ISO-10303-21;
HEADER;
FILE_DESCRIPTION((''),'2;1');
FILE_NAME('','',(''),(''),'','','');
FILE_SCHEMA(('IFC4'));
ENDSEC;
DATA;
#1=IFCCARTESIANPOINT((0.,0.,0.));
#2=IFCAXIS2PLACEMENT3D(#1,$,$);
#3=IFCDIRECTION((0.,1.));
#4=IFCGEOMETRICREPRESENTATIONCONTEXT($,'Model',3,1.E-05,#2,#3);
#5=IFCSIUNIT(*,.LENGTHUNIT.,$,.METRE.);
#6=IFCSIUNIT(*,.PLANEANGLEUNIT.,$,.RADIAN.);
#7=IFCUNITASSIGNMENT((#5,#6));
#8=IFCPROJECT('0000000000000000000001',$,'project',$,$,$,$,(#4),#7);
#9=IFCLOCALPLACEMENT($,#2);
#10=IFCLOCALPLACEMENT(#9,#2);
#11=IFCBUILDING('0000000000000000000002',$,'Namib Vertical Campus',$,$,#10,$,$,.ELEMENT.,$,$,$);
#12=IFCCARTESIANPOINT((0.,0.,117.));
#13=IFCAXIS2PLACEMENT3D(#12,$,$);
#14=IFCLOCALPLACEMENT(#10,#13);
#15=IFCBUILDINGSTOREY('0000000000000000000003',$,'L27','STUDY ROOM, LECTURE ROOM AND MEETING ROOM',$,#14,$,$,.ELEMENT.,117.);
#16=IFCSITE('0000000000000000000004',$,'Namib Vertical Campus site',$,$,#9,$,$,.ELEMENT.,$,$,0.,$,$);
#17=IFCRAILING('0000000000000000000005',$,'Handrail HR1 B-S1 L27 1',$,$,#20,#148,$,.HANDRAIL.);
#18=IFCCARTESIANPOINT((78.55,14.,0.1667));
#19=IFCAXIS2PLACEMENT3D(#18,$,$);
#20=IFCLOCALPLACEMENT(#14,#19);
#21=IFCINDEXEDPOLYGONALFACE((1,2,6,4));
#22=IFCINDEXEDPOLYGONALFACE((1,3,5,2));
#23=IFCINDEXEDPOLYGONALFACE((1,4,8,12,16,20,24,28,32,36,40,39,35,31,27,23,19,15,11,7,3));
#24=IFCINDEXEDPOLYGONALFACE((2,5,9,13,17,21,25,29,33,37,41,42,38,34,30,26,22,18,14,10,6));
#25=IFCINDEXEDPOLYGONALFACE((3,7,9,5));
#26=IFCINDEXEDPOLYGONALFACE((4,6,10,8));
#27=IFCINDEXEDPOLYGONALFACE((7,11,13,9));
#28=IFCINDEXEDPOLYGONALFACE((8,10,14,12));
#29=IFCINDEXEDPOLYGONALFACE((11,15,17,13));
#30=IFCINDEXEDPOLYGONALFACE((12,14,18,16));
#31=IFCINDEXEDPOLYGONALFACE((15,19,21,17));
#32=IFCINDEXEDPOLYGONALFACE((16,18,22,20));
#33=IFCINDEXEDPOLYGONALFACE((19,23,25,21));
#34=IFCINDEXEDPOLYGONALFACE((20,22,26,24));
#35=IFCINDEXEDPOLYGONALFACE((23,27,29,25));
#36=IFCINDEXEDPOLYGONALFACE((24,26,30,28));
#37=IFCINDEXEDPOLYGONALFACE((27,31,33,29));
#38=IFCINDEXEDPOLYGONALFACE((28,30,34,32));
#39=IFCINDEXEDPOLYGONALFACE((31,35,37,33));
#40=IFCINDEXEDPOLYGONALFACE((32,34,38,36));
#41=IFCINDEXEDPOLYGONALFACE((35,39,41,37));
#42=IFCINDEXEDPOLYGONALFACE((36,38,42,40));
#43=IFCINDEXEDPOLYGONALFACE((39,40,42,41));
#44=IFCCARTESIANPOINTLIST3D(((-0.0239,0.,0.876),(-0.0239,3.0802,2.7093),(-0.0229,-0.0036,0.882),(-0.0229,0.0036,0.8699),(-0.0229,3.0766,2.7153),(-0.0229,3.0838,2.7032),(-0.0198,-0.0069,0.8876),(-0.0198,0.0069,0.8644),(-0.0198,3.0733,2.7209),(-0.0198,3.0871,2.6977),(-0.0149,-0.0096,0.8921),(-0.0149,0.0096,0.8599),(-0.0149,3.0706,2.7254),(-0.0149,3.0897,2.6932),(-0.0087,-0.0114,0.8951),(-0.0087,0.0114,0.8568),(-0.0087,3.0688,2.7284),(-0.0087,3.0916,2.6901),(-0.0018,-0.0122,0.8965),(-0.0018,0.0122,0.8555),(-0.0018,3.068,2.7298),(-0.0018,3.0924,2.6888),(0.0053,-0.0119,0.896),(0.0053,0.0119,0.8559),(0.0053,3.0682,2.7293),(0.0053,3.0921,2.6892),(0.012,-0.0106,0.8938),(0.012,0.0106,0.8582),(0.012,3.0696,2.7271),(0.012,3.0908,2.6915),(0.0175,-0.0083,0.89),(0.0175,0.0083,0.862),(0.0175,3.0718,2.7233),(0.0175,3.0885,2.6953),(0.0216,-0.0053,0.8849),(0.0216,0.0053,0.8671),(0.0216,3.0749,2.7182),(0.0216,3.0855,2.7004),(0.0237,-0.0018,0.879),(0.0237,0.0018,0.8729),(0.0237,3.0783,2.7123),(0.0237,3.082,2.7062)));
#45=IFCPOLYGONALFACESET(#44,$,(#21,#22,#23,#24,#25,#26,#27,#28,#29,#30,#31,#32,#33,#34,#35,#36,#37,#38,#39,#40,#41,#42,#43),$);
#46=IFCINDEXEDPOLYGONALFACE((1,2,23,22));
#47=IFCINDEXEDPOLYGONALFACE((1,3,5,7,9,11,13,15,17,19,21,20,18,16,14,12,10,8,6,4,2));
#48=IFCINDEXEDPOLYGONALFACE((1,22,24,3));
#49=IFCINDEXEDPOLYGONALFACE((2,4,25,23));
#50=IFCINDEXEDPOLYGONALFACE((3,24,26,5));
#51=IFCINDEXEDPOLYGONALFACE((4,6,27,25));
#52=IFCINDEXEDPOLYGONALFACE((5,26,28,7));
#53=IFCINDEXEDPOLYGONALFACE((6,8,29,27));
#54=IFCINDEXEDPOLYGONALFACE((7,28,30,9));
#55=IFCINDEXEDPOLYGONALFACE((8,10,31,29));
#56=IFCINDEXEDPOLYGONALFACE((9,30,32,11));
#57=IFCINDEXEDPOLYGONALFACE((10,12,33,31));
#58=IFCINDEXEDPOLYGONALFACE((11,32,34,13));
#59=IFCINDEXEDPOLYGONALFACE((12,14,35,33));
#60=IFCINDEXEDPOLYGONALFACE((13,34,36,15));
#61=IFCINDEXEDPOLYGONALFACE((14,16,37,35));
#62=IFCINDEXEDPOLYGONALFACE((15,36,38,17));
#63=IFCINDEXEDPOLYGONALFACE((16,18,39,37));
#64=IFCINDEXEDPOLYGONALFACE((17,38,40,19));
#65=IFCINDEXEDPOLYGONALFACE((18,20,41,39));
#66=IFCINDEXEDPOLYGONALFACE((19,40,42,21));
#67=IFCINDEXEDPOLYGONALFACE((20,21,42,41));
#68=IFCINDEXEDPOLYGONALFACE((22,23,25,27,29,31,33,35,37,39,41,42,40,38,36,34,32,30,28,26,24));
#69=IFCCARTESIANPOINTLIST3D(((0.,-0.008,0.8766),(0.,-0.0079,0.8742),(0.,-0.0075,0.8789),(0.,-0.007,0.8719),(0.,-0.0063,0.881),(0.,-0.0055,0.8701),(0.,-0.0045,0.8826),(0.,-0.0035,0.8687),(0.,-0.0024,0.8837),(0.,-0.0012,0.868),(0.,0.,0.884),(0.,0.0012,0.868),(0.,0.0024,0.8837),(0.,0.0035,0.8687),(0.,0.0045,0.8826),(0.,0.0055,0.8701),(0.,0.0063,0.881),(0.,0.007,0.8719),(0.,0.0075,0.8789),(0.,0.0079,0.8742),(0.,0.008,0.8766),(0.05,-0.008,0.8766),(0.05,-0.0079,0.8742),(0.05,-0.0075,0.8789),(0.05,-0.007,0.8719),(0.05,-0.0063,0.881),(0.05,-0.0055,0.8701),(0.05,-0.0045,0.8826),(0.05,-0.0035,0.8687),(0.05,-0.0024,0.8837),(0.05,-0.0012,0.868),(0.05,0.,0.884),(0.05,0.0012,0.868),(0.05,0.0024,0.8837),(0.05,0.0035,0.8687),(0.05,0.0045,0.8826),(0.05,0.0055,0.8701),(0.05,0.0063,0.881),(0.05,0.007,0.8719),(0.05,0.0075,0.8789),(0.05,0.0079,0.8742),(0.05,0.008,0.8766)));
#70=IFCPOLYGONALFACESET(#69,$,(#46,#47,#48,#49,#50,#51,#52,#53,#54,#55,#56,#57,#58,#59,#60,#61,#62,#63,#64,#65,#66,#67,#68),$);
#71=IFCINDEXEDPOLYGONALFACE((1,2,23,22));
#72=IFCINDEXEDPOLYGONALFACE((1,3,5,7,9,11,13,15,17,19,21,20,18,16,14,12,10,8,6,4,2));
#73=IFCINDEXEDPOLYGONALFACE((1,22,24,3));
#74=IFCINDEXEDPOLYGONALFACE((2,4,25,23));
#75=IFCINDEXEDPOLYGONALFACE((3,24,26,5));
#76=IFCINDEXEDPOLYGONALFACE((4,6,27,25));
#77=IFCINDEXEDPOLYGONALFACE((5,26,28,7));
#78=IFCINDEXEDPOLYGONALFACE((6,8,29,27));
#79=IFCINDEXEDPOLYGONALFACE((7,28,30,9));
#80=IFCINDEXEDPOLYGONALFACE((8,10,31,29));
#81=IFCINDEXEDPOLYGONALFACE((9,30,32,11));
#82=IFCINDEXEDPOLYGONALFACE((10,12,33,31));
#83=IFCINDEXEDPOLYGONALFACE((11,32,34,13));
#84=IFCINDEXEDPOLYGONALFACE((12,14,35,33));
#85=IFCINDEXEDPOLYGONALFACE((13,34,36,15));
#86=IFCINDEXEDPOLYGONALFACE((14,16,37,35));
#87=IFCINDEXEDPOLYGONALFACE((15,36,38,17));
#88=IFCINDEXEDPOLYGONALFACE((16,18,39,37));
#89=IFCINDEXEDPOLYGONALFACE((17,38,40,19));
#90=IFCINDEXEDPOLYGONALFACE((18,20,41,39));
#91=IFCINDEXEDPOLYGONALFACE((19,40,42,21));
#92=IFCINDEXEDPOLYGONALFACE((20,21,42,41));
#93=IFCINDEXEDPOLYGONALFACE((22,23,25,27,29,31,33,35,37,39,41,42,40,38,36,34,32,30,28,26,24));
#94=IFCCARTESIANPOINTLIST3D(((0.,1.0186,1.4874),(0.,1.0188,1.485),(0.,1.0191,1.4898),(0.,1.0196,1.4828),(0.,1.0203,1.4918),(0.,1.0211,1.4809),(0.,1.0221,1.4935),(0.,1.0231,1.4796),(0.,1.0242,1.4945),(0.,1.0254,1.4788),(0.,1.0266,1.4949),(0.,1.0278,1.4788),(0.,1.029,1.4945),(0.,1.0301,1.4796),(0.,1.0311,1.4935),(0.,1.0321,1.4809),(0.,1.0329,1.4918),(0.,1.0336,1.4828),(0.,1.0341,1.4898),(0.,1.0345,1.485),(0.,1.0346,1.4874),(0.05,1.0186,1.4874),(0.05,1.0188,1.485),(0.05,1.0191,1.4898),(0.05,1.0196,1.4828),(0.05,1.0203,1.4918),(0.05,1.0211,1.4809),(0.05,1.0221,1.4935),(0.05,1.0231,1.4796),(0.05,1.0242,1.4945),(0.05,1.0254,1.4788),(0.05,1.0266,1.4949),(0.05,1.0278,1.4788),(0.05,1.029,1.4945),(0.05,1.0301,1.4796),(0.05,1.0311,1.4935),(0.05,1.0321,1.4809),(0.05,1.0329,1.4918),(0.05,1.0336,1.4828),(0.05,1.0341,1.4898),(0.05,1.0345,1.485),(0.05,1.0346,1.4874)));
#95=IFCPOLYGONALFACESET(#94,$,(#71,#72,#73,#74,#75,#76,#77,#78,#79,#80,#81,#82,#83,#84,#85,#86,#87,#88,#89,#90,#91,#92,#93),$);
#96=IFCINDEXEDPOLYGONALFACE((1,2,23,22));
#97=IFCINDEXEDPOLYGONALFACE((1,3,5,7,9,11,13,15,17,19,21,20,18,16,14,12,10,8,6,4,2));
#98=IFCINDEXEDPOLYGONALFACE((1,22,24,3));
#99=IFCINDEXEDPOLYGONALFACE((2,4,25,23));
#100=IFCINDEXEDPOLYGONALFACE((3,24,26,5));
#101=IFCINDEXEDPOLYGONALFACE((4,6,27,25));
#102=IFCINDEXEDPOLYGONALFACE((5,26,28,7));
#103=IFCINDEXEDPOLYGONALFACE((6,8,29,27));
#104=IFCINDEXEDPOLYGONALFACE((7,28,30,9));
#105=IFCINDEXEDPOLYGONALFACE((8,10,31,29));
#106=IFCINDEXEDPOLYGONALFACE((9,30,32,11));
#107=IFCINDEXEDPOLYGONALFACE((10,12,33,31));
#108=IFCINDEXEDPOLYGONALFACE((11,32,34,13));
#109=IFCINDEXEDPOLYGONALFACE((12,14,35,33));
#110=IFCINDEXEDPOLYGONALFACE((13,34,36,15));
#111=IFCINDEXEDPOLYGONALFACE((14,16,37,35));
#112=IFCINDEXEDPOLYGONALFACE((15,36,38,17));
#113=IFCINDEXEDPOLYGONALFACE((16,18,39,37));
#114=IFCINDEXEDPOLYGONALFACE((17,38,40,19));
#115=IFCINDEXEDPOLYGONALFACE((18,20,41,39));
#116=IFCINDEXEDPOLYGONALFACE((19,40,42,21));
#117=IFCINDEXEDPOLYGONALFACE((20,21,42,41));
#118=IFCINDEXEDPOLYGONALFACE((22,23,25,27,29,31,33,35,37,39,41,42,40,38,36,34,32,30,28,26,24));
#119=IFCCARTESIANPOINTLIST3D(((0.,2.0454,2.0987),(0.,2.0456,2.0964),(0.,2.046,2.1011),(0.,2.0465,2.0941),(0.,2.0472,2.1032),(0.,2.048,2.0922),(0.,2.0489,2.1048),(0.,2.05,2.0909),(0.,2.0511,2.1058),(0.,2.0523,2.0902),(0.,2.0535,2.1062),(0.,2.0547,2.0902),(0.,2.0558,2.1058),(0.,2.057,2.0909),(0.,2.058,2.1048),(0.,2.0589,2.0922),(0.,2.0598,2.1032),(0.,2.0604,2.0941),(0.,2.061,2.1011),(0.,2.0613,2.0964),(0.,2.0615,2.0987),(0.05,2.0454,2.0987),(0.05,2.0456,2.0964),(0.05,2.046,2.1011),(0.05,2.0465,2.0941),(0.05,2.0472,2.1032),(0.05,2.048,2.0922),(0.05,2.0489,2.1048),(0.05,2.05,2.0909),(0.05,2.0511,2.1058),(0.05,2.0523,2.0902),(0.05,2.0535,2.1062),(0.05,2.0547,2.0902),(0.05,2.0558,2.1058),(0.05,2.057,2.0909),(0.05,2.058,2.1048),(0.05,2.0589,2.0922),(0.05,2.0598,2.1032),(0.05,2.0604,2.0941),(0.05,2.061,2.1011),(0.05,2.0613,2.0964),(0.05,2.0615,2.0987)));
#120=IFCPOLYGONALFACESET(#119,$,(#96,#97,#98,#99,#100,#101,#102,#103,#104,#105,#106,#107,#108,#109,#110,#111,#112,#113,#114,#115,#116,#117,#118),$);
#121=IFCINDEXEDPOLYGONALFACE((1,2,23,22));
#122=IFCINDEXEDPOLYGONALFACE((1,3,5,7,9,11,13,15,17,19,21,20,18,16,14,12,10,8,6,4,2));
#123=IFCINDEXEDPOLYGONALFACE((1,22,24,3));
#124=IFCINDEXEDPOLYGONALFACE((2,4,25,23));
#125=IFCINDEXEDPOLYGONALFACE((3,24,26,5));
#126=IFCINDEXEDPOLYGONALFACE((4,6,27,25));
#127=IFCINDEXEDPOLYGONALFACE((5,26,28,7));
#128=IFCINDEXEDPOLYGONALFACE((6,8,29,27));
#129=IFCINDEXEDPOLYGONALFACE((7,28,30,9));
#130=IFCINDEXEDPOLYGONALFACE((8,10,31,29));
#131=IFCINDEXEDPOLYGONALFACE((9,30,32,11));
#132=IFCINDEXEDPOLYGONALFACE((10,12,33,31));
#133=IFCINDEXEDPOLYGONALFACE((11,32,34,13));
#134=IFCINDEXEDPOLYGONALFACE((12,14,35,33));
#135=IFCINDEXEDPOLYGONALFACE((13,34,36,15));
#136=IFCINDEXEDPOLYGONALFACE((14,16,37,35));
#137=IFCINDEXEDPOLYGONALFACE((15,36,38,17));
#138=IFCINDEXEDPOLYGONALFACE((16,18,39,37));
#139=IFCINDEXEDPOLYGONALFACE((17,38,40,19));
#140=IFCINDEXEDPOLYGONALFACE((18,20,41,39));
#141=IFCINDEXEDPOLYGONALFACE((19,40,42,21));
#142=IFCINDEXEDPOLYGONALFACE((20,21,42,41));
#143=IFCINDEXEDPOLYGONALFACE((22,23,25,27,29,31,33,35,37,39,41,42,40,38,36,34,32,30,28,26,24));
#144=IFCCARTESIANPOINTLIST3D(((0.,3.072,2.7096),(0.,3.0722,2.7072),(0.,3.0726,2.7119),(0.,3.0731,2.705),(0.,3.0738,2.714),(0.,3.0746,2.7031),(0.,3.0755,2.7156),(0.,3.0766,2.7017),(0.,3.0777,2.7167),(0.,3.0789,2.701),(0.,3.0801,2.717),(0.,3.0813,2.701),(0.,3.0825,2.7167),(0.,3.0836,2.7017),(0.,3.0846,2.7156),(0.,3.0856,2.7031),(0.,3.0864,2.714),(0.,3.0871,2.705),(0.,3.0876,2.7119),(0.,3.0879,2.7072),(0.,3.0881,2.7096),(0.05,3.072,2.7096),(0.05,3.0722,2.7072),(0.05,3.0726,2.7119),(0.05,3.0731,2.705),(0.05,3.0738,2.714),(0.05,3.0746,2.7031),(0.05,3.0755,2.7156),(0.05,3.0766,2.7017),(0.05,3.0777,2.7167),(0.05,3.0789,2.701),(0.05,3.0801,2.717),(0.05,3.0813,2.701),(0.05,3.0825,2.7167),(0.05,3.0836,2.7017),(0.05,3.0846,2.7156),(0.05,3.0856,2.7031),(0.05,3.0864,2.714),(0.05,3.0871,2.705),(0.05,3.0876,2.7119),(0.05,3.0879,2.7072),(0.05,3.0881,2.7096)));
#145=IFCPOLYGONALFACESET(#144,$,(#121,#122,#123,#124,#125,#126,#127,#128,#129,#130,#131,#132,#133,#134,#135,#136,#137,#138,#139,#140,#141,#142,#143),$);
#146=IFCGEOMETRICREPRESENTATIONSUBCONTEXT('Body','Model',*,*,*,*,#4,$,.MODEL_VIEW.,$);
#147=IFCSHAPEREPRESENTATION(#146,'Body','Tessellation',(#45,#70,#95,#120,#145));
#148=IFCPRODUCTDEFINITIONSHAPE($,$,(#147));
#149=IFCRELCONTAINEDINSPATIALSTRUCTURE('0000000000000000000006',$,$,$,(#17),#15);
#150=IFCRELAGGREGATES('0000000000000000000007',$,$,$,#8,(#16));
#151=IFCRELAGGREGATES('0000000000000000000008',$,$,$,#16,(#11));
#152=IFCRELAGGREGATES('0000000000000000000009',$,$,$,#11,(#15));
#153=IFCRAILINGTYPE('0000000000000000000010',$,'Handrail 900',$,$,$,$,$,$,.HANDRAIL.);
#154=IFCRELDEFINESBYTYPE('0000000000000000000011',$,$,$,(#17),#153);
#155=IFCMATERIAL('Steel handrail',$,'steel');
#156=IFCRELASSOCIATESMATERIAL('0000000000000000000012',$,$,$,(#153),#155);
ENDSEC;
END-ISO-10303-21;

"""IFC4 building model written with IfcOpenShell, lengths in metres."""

from ifc_helpers import new_model, si_unit, direction, frame, origin, origin_2d, place, context, subcontext, project, spatial, circle, extrude, material, type_object, element, save


model = new_model("IFC4")

# Units and contexts
model_context = context("Model", 3, precision=1e-05, world=origin(), true_north=direction((0.0, 1.0)))
body_context = subcontext(model_context, "Body", "Model", "MODEL_VIEW")
ifc_project = project(units=[si_unit("LENGTHUNIT", "METRE"), si_unit("PLANEANGLEUNIT", "RADIAN")], contexts=[model_context])

# Site, building, storey
site_placement = place(None, origin())
site = spatial("IfcSite", under=ifc_project, at=site_placement, Name="Namib Vertical Campus site", CompositionType="ELEMENT", RefElevation=0.0)
building_placement = place(site_placement, origin())
building = spatial("IfcBuilding", under=site, at=building_placement, Name="Namib Vertical Campus", CompositionType="ELEMENT")
storey_placement = place(building_placement, frame((0.0, 0.0, 117.0)))
storey = spatial("IfcBuildingStorey", under=building, at=storey_placement, Name="L27", Description="STUDY ROOM, LECTURE ROOM AND MEETING ROOM", CompositionType="ELEMENT", Elevation=117.0)

# Railing
ifc_material_1 = material(Name="Steel handrail", Category="steel")
railing_type_1 = type_object("IfcRailingType", Name="Handrail 900", PredefinedType="HANDRAIL", material=ifc_material_1)
railing_1_placement = place(storey_placement, frame((78.55, 14.0, 0.1667)))
element("IfcRailing", 1, at=railing_1_placement, inside=storey, type_object=railing_type_1, Name="Handrail HR1 B-S1 L27 1", PredefinedType="HANDRAIL", context=body_context, shape_type="SweptSolid", body=[
    extrude(circle(Radius=0.0239, at=origin_2d()), frame((0.0, 0.0, 0.876), z_axis=(0.0, 0.859309, 0.511458), x_axis=(-1.0, 0.0, 0.0)), (0.0, 0.0, 1.0), 3.5845),
    extrude(circle(Radius=0.0081, at=origin_2d()), frame((0.0, 0.0, 0.876), z_axis=(1.0, 0.0, 0.0), x_axis=(0.0, 0.0, 1.0)), (0.0, 0.0, 1.0), 0.05),
    extrude(circle(Radius=0.0081, at=origin_2d()), frame((0.0, 1.0266, 1.4868), z_axis=(1.0, 0.0, 0.0), x_axis=(0.0, 0.0, 1.0)), (0.0, 0.0, 1.0), 0.05),
    extrude(circle(Radius=0.0081, at=origin_2d()), frame((0.0, 2.0535, 2.0981), z_axis=(1.0, 0.0, 0.0), x_axis=(0.0, 0.0, 1.0)), (0.0, 0.0, 1.0), 0.05),
    extrude(circle(Radius=0.0081, at=origin_2d()), frame((0.0, 3.0801, 2.709), z_axis=(1.0, 0.0, 0.0), x_axis=(0.0, 0.0, 1.0)), (0.0, 0.0, 1.0), 0.05),
])

save(model, "model.ifc")
